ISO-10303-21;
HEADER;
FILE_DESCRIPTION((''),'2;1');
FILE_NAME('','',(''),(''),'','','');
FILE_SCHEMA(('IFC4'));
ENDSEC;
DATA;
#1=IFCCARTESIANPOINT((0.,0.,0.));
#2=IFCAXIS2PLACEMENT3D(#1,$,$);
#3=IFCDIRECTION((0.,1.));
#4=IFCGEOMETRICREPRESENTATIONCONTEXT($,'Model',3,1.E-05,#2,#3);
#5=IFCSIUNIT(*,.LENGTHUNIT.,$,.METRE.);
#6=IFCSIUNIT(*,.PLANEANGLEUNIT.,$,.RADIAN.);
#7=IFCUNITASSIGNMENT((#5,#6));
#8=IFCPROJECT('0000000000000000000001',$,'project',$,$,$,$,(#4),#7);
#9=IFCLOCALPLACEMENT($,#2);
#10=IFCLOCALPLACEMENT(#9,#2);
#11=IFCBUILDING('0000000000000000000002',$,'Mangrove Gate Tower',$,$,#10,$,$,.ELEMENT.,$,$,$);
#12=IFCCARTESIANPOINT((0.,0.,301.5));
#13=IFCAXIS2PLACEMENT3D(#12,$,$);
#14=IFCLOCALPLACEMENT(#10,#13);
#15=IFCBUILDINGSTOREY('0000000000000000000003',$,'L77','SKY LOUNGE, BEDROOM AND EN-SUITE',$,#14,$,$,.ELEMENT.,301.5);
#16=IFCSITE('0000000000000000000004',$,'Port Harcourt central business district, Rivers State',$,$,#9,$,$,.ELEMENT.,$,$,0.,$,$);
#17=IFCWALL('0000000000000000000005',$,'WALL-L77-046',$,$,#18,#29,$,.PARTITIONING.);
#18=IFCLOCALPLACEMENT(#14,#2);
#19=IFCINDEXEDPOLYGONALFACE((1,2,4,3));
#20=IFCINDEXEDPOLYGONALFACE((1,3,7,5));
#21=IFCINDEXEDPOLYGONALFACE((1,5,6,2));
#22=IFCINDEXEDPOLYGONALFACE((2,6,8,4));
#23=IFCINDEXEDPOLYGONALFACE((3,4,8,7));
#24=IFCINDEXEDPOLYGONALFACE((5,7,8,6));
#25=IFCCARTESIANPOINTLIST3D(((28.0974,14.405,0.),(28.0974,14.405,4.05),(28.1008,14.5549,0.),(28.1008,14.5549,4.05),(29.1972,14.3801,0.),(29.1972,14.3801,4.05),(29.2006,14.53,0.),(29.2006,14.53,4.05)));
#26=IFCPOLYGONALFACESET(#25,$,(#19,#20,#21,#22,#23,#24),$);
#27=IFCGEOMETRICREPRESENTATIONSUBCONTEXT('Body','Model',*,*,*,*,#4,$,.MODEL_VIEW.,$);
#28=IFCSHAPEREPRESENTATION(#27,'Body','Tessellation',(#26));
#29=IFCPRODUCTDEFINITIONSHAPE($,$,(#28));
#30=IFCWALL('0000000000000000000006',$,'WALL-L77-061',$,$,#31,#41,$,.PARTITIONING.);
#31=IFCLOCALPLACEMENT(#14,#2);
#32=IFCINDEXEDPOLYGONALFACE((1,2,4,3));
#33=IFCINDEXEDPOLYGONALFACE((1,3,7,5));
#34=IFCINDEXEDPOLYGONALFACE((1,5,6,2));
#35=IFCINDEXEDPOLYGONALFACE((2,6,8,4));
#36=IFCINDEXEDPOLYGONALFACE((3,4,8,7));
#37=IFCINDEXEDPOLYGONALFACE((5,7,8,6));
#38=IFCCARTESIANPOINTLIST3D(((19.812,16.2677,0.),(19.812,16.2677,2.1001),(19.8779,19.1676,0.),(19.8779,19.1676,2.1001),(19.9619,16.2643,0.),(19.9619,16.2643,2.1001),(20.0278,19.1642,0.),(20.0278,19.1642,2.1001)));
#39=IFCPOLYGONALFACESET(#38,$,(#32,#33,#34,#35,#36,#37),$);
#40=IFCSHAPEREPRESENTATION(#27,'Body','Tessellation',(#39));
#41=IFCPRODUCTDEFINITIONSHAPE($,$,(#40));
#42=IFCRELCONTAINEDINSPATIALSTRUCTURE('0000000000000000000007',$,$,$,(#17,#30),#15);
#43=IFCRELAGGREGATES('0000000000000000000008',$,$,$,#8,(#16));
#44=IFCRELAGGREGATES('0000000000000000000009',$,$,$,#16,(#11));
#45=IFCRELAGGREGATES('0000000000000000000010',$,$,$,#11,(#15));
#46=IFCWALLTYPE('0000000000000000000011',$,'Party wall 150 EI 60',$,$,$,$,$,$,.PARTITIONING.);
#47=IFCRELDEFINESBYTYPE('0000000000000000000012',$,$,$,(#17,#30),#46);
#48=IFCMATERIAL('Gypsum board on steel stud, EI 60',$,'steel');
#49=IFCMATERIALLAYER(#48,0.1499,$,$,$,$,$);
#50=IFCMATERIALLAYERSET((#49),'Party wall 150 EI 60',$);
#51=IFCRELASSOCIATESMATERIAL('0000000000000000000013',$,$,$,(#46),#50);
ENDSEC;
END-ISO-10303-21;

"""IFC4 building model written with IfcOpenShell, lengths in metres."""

from ifc_helpers import new_model, si_unit, direction, frame, frame_2d, origin, place, context, subcontext, project, spatial, rectangle, extrude, material, layer, layer_set, type_object, element, save


model = new_model("IFC4")

# Units and contexts
model_context = context("Model", 3, precision=1e-05, world=origin(), true_north=direction((0.0, 1.0)))
body_context = subcontext(model_context, "Body", "Model", "MODEL_VIEW")
ifc_project = project(units=[si_unit("LENGTHUNIT", "METRE"), si_unit("PLANEANGLEUNIT", "RADIAN")], contexts=[model_context])

# Site, building, storey
site_placement = place(None, origin())
site = spatial("IfcSite", under=ifc_project, at=site_placement, Name="Port Harcourt central business district, Rivers State", CompositionType="ELEMENT", RefElevation=0.0)
building_placement = place(site_placement, origin())
building = spatial("IfcBuilding", under=site, at=building_placement, Name="Mangrove Gate Tower", CompositionType="ELEMENT")
storey_placement = place(building_placement, frame((0.0, 0.0, 301.5)))
storey = spatial("IfcBuildingStorey", under=building, at=storey_placement, Name="L77", Description="SKY LOUNGE, BEDROOM AND EN-SUITE", CompositionType="ELEMENT", Elevation=301.5)

# Walls
ifc_material_1 = material(Name="Gypsum board on steel stud, EI 60", Category="steel")
ifc_layer_1 = layer(ifc_material_1, 0.1499)
ifc_layer_set_1 = layer_set([ifc_layer_1], Name="Party wall 150 EI 60")
wall_type_1 = type_object("IfcWallType", Name="Party wall 150 EI 60", PredefinedType="PARTITIONING", material=ifc_layer_set_1)
wall_1_placement = place(storey_placement, frame((28.0991, 14.48, 0.0), z_axis=(0.0, 0.0, 1.0), x_axis=(0.999744, -0.022636, 0.0)))
element("IfcWall", 1, at=wall_1_placement, inside=storey, type_object=wall_type_1, Name="WALL-L77-046", PredefinedType="PARTITIONING", context=body_context, shape_type="SweptSolid", body=[
    extrude(rectangle(XDim=1.1001, YDim=0.1499, at=frame_2d((0.55, 0.0))), origin(), (0.0, 0.0, 1.0), 4.05),
])
wall_2_placement = place(storey_placement, frame((19.887, 16.2661, 0.0), z_axis=(0.0, 0.0, 1.0), x_axis=(0.022725, 0.999742, 0.0)))
element("IfcWall", 2, at=wall_2_placement, inside=storey, type_object=wall_type_1, Name="WALL-L77-061", PredefinedType="PARTITIONING", context=body_context, shape_type="SweptSolid", body=[
    extrude(rectangle(XDim=2.9006, YDim=0.1499, at=frame_2d((1.4502, 0.0))), origin(), (0.0, 0.0, 1.0), 2.1001),
])

save(model, "model.ifc")
